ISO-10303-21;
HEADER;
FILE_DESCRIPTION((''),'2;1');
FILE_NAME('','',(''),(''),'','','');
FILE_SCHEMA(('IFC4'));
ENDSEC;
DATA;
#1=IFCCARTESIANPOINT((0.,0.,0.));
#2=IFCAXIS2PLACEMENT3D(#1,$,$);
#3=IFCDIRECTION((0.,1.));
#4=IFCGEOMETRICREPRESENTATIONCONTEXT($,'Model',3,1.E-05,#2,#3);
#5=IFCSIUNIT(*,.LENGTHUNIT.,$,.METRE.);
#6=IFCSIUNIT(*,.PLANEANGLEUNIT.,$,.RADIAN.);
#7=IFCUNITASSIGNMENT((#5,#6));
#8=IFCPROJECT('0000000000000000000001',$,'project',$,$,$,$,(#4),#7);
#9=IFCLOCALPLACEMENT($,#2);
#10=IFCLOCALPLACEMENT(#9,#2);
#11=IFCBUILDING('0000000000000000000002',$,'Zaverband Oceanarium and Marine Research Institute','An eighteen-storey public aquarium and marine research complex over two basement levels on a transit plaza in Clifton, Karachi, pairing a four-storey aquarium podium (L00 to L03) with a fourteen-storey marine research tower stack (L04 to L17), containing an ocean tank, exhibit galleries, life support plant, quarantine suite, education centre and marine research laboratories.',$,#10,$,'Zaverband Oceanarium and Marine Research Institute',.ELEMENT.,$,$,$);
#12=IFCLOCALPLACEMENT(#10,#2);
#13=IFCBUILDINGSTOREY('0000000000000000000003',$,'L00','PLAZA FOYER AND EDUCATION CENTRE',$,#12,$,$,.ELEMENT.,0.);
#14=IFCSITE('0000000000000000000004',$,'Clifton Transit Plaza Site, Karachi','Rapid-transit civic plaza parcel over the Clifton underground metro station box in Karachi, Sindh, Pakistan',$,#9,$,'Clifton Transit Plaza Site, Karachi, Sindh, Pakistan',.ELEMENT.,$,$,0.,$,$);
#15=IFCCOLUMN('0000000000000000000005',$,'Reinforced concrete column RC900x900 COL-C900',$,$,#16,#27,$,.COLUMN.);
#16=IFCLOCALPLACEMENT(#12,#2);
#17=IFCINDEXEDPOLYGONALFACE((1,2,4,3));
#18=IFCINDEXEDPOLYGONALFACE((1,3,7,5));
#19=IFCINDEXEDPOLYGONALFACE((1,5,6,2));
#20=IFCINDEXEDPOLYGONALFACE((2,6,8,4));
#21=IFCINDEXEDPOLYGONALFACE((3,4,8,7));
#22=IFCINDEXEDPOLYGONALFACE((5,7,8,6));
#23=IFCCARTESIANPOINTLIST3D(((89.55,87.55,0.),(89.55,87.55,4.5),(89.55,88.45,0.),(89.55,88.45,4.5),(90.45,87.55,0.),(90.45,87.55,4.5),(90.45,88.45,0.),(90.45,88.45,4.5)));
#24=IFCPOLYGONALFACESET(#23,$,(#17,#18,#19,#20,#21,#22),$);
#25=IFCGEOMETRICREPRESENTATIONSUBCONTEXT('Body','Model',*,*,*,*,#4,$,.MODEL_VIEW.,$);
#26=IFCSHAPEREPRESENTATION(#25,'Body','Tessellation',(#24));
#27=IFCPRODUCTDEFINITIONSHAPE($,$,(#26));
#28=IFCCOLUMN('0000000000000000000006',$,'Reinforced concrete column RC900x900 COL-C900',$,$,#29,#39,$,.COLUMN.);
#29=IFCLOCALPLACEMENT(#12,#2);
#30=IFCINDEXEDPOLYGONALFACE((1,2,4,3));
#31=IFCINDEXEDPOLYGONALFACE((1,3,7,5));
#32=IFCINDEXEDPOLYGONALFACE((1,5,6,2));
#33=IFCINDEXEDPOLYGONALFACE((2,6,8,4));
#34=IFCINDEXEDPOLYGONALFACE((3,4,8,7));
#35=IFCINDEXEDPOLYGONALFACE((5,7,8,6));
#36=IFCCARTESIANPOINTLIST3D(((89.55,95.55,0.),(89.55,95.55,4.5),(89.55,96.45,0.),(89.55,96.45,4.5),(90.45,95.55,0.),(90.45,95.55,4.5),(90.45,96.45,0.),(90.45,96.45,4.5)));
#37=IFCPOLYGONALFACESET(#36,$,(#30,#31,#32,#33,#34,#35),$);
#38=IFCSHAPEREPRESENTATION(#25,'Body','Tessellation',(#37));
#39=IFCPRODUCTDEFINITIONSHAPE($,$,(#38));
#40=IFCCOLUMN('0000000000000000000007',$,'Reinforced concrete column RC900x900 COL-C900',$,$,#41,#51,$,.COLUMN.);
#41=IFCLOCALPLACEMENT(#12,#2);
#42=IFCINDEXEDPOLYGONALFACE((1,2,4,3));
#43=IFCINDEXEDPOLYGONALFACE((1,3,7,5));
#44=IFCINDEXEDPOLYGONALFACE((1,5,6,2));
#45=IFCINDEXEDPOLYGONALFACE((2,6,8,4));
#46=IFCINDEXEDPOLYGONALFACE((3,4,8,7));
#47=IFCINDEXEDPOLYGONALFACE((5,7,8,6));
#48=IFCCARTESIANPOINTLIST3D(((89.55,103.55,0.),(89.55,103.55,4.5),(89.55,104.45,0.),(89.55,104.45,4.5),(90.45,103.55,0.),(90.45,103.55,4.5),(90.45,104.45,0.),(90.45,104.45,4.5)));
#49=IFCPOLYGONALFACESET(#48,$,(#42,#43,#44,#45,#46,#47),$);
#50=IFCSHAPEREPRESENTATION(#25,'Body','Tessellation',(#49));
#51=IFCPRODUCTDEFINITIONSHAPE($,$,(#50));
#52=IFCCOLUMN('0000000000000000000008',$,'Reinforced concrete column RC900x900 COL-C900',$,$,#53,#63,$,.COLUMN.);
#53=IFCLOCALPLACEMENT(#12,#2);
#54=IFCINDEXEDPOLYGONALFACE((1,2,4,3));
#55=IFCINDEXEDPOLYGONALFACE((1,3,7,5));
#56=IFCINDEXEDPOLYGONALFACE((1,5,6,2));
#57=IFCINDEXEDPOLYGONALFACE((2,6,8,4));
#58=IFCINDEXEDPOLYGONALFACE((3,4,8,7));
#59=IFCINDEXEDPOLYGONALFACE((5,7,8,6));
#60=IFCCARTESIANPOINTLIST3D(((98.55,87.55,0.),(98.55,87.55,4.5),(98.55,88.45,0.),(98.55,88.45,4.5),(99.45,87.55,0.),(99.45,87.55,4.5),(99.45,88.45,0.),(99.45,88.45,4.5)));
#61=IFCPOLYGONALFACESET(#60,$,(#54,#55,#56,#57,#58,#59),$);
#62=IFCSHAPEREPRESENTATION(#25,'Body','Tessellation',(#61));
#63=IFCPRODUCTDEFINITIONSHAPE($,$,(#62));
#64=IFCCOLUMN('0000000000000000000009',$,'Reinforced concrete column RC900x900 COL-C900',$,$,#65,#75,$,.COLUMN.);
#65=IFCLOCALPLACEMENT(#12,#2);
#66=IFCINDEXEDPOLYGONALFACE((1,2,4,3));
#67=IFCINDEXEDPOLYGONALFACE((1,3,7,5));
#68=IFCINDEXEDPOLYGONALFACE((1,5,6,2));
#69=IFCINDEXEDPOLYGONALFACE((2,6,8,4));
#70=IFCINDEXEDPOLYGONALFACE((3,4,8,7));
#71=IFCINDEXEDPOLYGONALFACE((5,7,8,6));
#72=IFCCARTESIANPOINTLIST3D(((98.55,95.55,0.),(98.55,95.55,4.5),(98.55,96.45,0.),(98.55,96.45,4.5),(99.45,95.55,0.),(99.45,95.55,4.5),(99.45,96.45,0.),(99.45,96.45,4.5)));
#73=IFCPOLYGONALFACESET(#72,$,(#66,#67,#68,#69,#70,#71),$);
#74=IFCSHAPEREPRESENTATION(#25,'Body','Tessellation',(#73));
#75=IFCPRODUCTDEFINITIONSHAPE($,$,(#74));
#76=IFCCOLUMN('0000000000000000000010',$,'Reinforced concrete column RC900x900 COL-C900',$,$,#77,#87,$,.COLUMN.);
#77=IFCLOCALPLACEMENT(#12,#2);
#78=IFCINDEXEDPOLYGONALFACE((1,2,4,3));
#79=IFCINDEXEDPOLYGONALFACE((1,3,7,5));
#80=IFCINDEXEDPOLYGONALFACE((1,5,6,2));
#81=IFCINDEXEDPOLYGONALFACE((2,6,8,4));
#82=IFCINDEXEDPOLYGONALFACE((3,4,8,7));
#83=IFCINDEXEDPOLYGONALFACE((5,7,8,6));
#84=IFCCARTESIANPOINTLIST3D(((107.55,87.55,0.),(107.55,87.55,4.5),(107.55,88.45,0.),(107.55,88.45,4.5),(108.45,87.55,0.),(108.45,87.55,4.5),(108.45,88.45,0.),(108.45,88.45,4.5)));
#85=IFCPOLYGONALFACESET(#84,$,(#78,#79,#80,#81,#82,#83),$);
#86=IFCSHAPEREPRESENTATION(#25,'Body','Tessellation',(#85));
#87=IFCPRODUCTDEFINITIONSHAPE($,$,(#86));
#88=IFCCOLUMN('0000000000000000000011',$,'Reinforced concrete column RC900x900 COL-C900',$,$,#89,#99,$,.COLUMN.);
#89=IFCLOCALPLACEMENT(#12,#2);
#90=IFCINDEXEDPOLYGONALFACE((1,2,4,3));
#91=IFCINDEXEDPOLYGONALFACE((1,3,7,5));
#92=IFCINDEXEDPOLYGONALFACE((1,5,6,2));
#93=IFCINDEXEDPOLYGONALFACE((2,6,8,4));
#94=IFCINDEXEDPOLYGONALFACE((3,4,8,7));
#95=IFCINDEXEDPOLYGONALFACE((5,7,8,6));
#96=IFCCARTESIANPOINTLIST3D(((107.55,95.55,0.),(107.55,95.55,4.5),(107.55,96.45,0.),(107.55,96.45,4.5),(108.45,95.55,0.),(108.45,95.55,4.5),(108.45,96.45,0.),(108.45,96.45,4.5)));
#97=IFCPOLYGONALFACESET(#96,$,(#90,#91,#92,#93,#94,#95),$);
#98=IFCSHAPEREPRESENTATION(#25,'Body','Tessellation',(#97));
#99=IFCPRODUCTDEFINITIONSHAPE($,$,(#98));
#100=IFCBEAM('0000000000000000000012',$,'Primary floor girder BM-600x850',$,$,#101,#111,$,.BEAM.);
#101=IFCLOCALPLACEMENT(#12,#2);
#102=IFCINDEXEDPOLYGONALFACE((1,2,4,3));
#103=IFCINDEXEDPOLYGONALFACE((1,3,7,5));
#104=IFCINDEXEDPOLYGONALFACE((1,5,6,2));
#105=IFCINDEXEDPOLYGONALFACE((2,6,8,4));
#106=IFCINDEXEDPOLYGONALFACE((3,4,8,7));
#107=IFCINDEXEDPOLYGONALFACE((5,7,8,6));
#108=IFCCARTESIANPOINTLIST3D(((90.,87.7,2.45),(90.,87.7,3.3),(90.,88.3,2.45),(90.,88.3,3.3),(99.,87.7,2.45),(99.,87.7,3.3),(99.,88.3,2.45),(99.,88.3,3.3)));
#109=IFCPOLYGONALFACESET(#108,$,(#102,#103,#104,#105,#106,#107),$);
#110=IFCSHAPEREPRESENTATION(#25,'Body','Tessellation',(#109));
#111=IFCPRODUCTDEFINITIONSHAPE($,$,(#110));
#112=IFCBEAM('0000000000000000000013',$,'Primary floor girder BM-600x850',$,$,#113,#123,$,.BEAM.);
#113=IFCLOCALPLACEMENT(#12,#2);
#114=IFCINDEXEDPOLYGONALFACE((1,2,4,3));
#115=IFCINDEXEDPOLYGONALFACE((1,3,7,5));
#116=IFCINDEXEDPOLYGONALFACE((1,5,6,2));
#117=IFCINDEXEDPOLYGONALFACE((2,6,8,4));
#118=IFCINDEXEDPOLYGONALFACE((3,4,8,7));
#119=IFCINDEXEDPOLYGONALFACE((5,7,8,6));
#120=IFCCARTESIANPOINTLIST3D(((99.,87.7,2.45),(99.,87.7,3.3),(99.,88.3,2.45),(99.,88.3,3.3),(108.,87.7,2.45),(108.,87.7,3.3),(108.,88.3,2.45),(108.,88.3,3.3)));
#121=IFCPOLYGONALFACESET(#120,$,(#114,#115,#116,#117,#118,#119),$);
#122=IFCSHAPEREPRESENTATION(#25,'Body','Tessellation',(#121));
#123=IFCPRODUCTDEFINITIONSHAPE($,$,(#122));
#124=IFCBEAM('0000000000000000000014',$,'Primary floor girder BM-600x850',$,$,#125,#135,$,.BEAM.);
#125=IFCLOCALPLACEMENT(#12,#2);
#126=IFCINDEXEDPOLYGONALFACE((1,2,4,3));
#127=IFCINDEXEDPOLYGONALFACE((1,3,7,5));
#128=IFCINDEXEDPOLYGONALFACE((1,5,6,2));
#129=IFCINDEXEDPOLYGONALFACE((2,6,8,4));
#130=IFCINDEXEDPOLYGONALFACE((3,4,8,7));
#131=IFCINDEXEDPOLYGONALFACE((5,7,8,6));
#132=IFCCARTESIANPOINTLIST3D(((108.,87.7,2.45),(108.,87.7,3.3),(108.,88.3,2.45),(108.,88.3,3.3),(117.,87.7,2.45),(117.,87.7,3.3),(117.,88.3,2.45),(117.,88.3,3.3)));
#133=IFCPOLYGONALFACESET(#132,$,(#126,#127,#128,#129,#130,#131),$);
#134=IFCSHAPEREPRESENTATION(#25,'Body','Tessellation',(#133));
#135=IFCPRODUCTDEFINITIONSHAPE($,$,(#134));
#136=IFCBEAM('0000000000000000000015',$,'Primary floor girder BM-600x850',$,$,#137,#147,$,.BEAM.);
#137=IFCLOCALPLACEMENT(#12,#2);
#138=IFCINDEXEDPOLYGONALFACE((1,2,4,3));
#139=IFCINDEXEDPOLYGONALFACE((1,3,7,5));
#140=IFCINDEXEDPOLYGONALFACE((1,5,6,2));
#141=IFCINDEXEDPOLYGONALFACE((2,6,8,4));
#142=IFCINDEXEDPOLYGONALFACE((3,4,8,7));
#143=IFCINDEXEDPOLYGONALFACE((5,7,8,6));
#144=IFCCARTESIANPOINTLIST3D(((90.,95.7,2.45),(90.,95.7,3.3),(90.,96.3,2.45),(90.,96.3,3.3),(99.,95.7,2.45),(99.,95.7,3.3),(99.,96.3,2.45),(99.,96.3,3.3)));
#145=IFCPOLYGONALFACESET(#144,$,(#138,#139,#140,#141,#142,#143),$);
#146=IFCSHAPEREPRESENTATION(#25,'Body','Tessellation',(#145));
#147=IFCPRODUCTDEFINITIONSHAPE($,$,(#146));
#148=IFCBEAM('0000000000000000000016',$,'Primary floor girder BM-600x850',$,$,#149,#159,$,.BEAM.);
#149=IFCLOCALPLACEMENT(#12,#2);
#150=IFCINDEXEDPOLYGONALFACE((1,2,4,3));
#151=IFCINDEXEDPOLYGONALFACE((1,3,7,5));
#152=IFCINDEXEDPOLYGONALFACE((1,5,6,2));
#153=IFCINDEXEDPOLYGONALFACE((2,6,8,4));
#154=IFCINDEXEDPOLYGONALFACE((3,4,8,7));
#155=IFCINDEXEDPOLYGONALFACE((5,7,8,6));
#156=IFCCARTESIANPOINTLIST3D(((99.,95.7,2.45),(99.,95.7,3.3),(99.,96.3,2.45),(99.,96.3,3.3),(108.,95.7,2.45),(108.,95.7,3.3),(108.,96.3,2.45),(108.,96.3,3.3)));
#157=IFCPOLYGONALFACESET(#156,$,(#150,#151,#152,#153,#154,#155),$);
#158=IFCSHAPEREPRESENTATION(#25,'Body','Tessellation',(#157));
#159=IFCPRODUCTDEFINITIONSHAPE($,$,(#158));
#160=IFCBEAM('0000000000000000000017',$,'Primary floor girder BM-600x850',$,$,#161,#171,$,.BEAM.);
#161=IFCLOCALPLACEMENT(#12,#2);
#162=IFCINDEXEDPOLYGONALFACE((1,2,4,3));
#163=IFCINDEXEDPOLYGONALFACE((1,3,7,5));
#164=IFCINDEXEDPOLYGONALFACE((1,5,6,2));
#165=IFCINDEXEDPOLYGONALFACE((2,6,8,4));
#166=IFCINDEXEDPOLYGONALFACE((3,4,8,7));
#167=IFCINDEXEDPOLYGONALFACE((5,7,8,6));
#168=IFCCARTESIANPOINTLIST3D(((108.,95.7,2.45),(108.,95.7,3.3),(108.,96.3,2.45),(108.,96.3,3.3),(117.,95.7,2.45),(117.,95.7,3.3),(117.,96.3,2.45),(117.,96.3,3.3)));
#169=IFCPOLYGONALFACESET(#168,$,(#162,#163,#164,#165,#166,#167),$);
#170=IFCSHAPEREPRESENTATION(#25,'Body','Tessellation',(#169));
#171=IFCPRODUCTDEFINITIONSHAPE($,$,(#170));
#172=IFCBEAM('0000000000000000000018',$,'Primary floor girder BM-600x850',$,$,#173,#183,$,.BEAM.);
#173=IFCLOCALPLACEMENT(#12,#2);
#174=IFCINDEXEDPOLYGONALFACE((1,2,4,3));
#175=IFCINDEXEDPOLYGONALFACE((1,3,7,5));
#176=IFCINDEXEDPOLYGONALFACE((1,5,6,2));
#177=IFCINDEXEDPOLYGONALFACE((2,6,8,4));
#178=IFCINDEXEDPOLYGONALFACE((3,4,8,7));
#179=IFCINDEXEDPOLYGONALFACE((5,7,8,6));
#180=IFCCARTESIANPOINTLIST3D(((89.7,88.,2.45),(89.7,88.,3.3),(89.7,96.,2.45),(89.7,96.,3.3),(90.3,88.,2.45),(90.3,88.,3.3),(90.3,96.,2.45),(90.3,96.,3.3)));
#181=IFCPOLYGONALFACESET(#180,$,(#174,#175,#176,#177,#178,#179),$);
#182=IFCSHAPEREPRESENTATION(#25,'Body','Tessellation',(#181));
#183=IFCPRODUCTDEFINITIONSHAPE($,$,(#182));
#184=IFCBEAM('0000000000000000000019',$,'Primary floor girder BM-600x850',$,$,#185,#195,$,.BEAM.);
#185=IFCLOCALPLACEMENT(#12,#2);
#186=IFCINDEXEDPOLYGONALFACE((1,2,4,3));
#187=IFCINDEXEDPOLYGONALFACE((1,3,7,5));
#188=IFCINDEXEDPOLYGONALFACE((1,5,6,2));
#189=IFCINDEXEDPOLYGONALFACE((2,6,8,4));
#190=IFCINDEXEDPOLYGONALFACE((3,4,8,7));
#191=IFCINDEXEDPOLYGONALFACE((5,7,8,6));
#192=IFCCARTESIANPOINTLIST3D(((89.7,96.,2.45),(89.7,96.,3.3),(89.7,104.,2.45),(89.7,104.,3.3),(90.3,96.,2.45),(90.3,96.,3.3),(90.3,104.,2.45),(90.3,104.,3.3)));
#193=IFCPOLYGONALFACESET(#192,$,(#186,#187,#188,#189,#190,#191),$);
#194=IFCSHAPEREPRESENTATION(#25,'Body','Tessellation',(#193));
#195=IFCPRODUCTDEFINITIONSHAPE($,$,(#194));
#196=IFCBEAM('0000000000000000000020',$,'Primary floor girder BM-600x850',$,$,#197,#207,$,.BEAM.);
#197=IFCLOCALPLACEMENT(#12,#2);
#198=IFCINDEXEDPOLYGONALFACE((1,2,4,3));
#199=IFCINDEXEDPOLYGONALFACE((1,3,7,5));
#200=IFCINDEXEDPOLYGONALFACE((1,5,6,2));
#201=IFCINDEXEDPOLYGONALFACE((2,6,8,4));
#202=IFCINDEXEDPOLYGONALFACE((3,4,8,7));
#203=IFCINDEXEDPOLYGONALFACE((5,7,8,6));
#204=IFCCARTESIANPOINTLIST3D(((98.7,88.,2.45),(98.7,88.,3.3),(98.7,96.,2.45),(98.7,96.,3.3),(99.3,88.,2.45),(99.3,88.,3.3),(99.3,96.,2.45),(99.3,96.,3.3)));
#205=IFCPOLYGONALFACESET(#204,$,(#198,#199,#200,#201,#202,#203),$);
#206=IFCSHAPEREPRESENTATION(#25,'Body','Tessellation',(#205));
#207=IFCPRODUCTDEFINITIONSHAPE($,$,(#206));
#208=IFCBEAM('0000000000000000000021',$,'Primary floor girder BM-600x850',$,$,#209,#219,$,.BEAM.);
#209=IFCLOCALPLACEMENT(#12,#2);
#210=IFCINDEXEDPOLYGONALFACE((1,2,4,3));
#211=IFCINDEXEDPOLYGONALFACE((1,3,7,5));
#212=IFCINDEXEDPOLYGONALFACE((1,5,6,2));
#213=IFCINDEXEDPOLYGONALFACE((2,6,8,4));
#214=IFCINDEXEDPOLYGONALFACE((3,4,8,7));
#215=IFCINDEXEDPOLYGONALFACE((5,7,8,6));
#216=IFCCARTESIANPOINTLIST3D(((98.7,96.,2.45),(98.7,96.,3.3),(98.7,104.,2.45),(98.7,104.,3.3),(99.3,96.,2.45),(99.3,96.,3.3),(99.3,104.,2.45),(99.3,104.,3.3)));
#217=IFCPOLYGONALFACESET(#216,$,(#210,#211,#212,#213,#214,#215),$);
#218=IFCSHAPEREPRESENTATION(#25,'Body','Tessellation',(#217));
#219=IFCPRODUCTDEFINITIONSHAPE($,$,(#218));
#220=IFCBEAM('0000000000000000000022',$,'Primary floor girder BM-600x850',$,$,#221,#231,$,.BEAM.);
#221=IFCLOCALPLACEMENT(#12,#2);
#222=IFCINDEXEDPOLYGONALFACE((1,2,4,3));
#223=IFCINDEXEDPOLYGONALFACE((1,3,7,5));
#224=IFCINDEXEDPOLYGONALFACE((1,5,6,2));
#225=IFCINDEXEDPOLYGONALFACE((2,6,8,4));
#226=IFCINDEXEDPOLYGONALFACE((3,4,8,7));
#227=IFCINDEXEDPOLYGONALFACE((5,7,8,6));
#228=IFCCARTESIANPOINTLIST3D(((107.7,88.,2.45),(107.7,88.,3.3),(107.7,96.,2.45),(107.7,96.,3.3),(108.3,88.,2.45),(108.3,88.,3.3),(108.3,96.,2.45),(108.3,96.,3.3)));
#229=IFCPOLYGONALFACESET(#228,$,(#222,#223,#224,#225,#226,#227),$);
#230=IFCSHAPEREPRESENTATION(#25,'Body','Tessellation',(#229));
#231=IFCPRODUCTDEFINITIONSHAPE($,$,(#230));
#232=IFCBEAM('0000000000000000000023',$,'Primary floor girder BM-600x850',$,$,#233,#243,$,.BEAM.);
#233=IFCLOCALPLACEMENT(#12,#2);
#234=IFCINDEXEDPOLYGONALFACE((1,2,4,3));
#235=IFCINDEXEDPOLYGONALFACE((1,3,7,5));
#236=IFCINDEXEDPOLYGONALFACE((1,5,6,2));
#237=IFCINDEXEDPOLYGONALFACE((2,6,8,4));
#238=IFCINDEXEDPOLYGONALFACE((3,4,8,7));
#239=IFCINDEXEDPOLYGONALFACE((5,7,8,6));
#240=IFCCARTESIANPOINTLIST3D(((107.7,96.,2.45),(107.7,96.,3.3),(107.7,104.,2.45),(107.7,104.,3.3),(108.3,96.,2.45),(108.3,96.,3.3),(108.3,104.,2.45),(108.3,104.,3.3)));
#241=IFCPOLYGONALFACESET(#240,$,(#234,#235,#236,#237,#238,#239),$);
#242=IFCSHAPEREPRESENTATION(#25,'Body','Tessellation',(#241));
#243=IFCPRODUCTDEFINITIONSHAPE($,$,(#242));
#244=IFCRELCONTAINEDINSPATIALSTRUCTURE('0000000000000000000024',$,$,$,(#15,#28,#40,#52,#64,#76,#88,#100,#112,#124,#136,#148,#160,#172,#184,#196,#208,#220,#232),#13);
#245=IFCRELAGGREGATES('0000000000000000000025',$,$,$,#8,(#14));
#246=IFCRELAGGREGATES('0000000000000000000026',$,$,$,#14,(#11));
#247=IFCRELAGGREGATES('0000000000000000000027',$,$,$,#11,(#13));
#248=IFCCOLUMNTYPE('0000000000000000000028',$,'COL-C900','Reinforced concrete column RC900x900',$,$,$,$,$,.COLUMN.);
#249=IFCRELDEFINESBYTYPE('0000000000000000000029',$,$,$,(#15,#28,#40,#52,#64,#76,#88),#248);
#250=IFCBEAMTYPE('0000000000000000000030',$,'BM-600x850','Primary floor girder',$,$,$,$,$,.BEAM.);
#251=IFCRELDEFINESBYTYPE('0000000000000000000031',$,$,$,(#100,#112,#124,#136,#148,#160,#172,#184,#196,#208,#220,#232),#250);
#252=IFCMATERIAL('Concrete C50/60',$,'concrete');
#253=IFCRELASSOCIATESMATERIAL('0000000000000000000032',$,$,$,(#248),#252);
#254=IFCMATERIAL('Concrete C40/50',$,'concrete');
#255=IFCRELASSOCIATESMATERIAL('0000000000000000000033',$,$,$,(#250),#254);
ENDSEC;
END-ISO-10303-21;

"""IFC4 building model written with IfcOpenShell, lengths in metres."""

from ifc_helpers import new_model, si_unit, direction, frame, origin, origin_2d, place, context, subcontext, project, spatial, rectangle, extrude, material, material_profile, profile_set, type_object, element, save


model = new_model("IFC4")

# Units and contexts
model_context = context("Model", 3, precision=1e-05, world=origin(), true_north=direction((0.0, 1.0)))
body_context = subcontext(model_context, "Body", "Model", "MODEL_VIEW")
ifc_project = project(units=[si_unit("LENGTHUNIT", "METRE"), si_unit("PLANEANGLEUNIT", "RADIAN")], contexts=[model_context])

# Site, building, storey
site_placement = place(None, origin())
site = spatial("IfcSite", under=ifc_project, at=site_placement, Name="Clifton Transit Plaza Site, Karachi", Description="Rapid-transit civic plaza parcel over the Clifton underground metro station box in Karachi, Sindh, Pakistan", LongName="Clifton Transit Plaza Site, Karachi, Sindh, Pakistan", CompositionType="ELEMENT", RefElevation=0.0)
building_placement = place(site_placement, origin())
building = spatial("IfcBuilding", under=site, at=building_placement, Name="Zaverband Oceanarium and Marine Research Institute", Description="An eighteen-storey public aquarium and marine research complex over two basement levels on a transit plaza in Clifton, Karachi, pairing a four-storey aquarium podium (L00 to L03) with a fourteen-storey marine research tower stack (L04 to L17), containing an ocean tank, exhibit galleries, life support plant, quarantine suite, education centre and marine research laboratories.", LongName="Zaverband Oceanarium and Marine Research Institute", CompositionType="ELEMENT")
storey_placement = place(building_placement, origin())
storey = spatial("IfcBuildingStorey", under=building, at=storey_placement, Name="L00", Description="PLAZA FOYER AND EDUCATION CENTRE", CompositionType="ELEMENT", Elevation=0.0)

# Columns
ifc_material_1 = material(Name="Concrete C50/60", Category="concrete")
ifc_material_profile_1 = material_profile(ifc_material_1, rectangle(XDim=0.8999, YDim=0.8999, at=origin_2d()), Name="RC900x900")
ifc_profile_set_1 = profile_set([ifc_material_profile_1], Name="Concrete C50/60")
column_type = type_object("IfcColumnType", Name="COL-C900", Description="Reinforced concrete column RC900x900", PredefinedType="COLUMN", material=ifc_profile_set_1)
for number, where, z_axis, x_axis, name in (
    (1, (90.0, 88.0, 0.0), (0.0, 0.0, 1.0), (1.0, 0.0, 0.0), "Reinforced concrete column RC900x900 COL-C900"),
    (2, (90.0, 96.0, 0.0), (0.0, 0.0, 1.0), (1.0, 0.0, 0.0), "Reinforced concrete column RC900x900 COL-C900"),
    (3, (90.0, 104.0, 0.0), (0.0, 0.0, 1.0), (1.0, 0.0, 0.0), "Reinforced concrete column RC900x900 COL-C900"),
    (4, (99.0, 88.0, 0.0), (0.0, 0.0, 1.0), (1.0, 0.0, 0.0), "Reinforced concrete column RC900x900 COL-C900"),
    (5, (99.0, 96.0, 0.0), (0.0, 0.0, 1.0), (1.0, 0.0, 0.0), "Reinforced concrete column RC900x900 COL-C900"),
    (6, (108.0, 88.0, 0.0), (0.0, 0.0, 1.0), (1.0, 0.0, 0.0), "Reinforced concrete column RC900x900 COL-C900"),
    (7, (108.0, 96.0, 0.0), (0.0, 0.0, 1.0), (1.0, 0.0, 0.0), "Reinforced concrete column RC900x900 COL-C900"),
):
    element("IfcColumn", number, at=place(storey_placement, frame(where, z_axis=z_axis, x_axis=x_axis)), inside=storey, type_object=column_type, Name=name, PredefinedType="COLUMN", context=body_context, shape_type="SweptSolid", body=[
        extrude(rectangle(XDim=0.8999, YDim=0.8999, at=origin_2d()), origin(), (0.0, 0.0, 1.0), 4.5),
    ])

# Beams
ifc_material_2 = material(Name="Concrete C40/50", Category="concrete")
ifc_material_profile_2 = material_profile(ifc_material_2, rectangle(XDim=0.6001, YDim=0.8501, at=origin_2d()), Name="RC600x850")
ifc_profile_set_2 = profile_set([ifc_material_profile_2], Name="Concrete C40/50")
beam_type_1 = type_object("IfcBeamType", Name="BM-600x850", Description="Primary floor girder", PredefinedType="BEAM", material=ifc_profile_set_2)
for number, where, z_axis, x_axis, name in (
    (8, (90.0, 88.0, 2.875), (1.0, 0.0, 0.0), (0.0, 1.0, 0.0), "Primary floor girder BM-600x850"),
    (9, (99.0, 88.0, 2.875), (1.0, 0.0, 0.0), (0.0, 1.0, 0.0), "Primary floor girder BM-600x850"),
    (10, (108.0, 88.0, 2.875), (1.0, 0.0, 0.0), (0.0, 1.0, 0.0), "Primary floor girder BM-600x850"),
    (11, (90.0, 96.0, 2.875), (1.0, 0.0, 0.0), (0.0, 1.0, 0.0), "Primary floor girder BM-600x850"),
    (12, (99.0, 96.0, 2.875), (1.0, 0.0, 0.0), (0.0, 1.0, 0.0), "Primary floor girder BM-600x850"),
    (13, (108.0, 96.0, 2.875), (1.0, 0.0, 0.0), (0.0, 1.0, 0.0), "Primary floor girder BM-600x850"),
):
    element("IfcBeam", number, at=place(storey_placement, frame(where, z_axis=z_axis, x_axis=x_axis)), inside=storey, type_object=beam_type_1, Name=name, PredefinedType="BEAM", context=body_context, shape_type="SweptSolid", body=[
        extrude(rectangle(XDim=0.6001, YDim=0.8501, at=origin_2d()), origin(), (0.0, 0.0, 1.0), 9.0),
    ])
for number, where, z_axis, x_axis, name in (
    (14, (90.0, 88.0, 2.875), (0.0, 1.0, 0.0), (-1.0, 0.0, 0.0), "Primary floor girder BM-600x850"),
    (15, (90.0, 96.0, 2.875), (0.0, 1.0, 0.0), (-1.0, 0.0, 0.0), "Primary floor girder BM-600x850"),
    (16, (99.0, 88.0, 2.875), (0.0, 1.0, 0.0), (-1.0, 0.0, 0.0), "Primary floor girder BM-600x850"),
    (17, (99.0, 96.0, 2.875), (0.0, 1.0, 0.0), (-1.0, 0.0, 0.0), "Primary floor girder BM-600x850"),
    (18, (108.0, 88.0, 2.875), (0.0, 1.0, 0.0), (-1.0, 0.0, 0.0), "Primary floor girder BM-600x850"),
    (19, (108.0, 96.0, 2.875), (0.0, 1.0, 0.0), (-1.0, 0.0, 0.0), "Primary floor girder BM-600x850"),
):
    element("IfcBeam", number, at=place(storey_placement, frame(where, z_axis=z_axis, x_axis=x_axis)), inside=storey, type_object=beam_type_1, Name=name, PredefinedType="BEAM", context=body_context, shape_type="SweptSolid", body=[
        extrude(rectangle(XDim=0.6001, YDim=0.8501, at=origin_2d()), origin(), (0.0, 0.0, 1.0), 8.0),
    ])

save(model, "model.ifc")
